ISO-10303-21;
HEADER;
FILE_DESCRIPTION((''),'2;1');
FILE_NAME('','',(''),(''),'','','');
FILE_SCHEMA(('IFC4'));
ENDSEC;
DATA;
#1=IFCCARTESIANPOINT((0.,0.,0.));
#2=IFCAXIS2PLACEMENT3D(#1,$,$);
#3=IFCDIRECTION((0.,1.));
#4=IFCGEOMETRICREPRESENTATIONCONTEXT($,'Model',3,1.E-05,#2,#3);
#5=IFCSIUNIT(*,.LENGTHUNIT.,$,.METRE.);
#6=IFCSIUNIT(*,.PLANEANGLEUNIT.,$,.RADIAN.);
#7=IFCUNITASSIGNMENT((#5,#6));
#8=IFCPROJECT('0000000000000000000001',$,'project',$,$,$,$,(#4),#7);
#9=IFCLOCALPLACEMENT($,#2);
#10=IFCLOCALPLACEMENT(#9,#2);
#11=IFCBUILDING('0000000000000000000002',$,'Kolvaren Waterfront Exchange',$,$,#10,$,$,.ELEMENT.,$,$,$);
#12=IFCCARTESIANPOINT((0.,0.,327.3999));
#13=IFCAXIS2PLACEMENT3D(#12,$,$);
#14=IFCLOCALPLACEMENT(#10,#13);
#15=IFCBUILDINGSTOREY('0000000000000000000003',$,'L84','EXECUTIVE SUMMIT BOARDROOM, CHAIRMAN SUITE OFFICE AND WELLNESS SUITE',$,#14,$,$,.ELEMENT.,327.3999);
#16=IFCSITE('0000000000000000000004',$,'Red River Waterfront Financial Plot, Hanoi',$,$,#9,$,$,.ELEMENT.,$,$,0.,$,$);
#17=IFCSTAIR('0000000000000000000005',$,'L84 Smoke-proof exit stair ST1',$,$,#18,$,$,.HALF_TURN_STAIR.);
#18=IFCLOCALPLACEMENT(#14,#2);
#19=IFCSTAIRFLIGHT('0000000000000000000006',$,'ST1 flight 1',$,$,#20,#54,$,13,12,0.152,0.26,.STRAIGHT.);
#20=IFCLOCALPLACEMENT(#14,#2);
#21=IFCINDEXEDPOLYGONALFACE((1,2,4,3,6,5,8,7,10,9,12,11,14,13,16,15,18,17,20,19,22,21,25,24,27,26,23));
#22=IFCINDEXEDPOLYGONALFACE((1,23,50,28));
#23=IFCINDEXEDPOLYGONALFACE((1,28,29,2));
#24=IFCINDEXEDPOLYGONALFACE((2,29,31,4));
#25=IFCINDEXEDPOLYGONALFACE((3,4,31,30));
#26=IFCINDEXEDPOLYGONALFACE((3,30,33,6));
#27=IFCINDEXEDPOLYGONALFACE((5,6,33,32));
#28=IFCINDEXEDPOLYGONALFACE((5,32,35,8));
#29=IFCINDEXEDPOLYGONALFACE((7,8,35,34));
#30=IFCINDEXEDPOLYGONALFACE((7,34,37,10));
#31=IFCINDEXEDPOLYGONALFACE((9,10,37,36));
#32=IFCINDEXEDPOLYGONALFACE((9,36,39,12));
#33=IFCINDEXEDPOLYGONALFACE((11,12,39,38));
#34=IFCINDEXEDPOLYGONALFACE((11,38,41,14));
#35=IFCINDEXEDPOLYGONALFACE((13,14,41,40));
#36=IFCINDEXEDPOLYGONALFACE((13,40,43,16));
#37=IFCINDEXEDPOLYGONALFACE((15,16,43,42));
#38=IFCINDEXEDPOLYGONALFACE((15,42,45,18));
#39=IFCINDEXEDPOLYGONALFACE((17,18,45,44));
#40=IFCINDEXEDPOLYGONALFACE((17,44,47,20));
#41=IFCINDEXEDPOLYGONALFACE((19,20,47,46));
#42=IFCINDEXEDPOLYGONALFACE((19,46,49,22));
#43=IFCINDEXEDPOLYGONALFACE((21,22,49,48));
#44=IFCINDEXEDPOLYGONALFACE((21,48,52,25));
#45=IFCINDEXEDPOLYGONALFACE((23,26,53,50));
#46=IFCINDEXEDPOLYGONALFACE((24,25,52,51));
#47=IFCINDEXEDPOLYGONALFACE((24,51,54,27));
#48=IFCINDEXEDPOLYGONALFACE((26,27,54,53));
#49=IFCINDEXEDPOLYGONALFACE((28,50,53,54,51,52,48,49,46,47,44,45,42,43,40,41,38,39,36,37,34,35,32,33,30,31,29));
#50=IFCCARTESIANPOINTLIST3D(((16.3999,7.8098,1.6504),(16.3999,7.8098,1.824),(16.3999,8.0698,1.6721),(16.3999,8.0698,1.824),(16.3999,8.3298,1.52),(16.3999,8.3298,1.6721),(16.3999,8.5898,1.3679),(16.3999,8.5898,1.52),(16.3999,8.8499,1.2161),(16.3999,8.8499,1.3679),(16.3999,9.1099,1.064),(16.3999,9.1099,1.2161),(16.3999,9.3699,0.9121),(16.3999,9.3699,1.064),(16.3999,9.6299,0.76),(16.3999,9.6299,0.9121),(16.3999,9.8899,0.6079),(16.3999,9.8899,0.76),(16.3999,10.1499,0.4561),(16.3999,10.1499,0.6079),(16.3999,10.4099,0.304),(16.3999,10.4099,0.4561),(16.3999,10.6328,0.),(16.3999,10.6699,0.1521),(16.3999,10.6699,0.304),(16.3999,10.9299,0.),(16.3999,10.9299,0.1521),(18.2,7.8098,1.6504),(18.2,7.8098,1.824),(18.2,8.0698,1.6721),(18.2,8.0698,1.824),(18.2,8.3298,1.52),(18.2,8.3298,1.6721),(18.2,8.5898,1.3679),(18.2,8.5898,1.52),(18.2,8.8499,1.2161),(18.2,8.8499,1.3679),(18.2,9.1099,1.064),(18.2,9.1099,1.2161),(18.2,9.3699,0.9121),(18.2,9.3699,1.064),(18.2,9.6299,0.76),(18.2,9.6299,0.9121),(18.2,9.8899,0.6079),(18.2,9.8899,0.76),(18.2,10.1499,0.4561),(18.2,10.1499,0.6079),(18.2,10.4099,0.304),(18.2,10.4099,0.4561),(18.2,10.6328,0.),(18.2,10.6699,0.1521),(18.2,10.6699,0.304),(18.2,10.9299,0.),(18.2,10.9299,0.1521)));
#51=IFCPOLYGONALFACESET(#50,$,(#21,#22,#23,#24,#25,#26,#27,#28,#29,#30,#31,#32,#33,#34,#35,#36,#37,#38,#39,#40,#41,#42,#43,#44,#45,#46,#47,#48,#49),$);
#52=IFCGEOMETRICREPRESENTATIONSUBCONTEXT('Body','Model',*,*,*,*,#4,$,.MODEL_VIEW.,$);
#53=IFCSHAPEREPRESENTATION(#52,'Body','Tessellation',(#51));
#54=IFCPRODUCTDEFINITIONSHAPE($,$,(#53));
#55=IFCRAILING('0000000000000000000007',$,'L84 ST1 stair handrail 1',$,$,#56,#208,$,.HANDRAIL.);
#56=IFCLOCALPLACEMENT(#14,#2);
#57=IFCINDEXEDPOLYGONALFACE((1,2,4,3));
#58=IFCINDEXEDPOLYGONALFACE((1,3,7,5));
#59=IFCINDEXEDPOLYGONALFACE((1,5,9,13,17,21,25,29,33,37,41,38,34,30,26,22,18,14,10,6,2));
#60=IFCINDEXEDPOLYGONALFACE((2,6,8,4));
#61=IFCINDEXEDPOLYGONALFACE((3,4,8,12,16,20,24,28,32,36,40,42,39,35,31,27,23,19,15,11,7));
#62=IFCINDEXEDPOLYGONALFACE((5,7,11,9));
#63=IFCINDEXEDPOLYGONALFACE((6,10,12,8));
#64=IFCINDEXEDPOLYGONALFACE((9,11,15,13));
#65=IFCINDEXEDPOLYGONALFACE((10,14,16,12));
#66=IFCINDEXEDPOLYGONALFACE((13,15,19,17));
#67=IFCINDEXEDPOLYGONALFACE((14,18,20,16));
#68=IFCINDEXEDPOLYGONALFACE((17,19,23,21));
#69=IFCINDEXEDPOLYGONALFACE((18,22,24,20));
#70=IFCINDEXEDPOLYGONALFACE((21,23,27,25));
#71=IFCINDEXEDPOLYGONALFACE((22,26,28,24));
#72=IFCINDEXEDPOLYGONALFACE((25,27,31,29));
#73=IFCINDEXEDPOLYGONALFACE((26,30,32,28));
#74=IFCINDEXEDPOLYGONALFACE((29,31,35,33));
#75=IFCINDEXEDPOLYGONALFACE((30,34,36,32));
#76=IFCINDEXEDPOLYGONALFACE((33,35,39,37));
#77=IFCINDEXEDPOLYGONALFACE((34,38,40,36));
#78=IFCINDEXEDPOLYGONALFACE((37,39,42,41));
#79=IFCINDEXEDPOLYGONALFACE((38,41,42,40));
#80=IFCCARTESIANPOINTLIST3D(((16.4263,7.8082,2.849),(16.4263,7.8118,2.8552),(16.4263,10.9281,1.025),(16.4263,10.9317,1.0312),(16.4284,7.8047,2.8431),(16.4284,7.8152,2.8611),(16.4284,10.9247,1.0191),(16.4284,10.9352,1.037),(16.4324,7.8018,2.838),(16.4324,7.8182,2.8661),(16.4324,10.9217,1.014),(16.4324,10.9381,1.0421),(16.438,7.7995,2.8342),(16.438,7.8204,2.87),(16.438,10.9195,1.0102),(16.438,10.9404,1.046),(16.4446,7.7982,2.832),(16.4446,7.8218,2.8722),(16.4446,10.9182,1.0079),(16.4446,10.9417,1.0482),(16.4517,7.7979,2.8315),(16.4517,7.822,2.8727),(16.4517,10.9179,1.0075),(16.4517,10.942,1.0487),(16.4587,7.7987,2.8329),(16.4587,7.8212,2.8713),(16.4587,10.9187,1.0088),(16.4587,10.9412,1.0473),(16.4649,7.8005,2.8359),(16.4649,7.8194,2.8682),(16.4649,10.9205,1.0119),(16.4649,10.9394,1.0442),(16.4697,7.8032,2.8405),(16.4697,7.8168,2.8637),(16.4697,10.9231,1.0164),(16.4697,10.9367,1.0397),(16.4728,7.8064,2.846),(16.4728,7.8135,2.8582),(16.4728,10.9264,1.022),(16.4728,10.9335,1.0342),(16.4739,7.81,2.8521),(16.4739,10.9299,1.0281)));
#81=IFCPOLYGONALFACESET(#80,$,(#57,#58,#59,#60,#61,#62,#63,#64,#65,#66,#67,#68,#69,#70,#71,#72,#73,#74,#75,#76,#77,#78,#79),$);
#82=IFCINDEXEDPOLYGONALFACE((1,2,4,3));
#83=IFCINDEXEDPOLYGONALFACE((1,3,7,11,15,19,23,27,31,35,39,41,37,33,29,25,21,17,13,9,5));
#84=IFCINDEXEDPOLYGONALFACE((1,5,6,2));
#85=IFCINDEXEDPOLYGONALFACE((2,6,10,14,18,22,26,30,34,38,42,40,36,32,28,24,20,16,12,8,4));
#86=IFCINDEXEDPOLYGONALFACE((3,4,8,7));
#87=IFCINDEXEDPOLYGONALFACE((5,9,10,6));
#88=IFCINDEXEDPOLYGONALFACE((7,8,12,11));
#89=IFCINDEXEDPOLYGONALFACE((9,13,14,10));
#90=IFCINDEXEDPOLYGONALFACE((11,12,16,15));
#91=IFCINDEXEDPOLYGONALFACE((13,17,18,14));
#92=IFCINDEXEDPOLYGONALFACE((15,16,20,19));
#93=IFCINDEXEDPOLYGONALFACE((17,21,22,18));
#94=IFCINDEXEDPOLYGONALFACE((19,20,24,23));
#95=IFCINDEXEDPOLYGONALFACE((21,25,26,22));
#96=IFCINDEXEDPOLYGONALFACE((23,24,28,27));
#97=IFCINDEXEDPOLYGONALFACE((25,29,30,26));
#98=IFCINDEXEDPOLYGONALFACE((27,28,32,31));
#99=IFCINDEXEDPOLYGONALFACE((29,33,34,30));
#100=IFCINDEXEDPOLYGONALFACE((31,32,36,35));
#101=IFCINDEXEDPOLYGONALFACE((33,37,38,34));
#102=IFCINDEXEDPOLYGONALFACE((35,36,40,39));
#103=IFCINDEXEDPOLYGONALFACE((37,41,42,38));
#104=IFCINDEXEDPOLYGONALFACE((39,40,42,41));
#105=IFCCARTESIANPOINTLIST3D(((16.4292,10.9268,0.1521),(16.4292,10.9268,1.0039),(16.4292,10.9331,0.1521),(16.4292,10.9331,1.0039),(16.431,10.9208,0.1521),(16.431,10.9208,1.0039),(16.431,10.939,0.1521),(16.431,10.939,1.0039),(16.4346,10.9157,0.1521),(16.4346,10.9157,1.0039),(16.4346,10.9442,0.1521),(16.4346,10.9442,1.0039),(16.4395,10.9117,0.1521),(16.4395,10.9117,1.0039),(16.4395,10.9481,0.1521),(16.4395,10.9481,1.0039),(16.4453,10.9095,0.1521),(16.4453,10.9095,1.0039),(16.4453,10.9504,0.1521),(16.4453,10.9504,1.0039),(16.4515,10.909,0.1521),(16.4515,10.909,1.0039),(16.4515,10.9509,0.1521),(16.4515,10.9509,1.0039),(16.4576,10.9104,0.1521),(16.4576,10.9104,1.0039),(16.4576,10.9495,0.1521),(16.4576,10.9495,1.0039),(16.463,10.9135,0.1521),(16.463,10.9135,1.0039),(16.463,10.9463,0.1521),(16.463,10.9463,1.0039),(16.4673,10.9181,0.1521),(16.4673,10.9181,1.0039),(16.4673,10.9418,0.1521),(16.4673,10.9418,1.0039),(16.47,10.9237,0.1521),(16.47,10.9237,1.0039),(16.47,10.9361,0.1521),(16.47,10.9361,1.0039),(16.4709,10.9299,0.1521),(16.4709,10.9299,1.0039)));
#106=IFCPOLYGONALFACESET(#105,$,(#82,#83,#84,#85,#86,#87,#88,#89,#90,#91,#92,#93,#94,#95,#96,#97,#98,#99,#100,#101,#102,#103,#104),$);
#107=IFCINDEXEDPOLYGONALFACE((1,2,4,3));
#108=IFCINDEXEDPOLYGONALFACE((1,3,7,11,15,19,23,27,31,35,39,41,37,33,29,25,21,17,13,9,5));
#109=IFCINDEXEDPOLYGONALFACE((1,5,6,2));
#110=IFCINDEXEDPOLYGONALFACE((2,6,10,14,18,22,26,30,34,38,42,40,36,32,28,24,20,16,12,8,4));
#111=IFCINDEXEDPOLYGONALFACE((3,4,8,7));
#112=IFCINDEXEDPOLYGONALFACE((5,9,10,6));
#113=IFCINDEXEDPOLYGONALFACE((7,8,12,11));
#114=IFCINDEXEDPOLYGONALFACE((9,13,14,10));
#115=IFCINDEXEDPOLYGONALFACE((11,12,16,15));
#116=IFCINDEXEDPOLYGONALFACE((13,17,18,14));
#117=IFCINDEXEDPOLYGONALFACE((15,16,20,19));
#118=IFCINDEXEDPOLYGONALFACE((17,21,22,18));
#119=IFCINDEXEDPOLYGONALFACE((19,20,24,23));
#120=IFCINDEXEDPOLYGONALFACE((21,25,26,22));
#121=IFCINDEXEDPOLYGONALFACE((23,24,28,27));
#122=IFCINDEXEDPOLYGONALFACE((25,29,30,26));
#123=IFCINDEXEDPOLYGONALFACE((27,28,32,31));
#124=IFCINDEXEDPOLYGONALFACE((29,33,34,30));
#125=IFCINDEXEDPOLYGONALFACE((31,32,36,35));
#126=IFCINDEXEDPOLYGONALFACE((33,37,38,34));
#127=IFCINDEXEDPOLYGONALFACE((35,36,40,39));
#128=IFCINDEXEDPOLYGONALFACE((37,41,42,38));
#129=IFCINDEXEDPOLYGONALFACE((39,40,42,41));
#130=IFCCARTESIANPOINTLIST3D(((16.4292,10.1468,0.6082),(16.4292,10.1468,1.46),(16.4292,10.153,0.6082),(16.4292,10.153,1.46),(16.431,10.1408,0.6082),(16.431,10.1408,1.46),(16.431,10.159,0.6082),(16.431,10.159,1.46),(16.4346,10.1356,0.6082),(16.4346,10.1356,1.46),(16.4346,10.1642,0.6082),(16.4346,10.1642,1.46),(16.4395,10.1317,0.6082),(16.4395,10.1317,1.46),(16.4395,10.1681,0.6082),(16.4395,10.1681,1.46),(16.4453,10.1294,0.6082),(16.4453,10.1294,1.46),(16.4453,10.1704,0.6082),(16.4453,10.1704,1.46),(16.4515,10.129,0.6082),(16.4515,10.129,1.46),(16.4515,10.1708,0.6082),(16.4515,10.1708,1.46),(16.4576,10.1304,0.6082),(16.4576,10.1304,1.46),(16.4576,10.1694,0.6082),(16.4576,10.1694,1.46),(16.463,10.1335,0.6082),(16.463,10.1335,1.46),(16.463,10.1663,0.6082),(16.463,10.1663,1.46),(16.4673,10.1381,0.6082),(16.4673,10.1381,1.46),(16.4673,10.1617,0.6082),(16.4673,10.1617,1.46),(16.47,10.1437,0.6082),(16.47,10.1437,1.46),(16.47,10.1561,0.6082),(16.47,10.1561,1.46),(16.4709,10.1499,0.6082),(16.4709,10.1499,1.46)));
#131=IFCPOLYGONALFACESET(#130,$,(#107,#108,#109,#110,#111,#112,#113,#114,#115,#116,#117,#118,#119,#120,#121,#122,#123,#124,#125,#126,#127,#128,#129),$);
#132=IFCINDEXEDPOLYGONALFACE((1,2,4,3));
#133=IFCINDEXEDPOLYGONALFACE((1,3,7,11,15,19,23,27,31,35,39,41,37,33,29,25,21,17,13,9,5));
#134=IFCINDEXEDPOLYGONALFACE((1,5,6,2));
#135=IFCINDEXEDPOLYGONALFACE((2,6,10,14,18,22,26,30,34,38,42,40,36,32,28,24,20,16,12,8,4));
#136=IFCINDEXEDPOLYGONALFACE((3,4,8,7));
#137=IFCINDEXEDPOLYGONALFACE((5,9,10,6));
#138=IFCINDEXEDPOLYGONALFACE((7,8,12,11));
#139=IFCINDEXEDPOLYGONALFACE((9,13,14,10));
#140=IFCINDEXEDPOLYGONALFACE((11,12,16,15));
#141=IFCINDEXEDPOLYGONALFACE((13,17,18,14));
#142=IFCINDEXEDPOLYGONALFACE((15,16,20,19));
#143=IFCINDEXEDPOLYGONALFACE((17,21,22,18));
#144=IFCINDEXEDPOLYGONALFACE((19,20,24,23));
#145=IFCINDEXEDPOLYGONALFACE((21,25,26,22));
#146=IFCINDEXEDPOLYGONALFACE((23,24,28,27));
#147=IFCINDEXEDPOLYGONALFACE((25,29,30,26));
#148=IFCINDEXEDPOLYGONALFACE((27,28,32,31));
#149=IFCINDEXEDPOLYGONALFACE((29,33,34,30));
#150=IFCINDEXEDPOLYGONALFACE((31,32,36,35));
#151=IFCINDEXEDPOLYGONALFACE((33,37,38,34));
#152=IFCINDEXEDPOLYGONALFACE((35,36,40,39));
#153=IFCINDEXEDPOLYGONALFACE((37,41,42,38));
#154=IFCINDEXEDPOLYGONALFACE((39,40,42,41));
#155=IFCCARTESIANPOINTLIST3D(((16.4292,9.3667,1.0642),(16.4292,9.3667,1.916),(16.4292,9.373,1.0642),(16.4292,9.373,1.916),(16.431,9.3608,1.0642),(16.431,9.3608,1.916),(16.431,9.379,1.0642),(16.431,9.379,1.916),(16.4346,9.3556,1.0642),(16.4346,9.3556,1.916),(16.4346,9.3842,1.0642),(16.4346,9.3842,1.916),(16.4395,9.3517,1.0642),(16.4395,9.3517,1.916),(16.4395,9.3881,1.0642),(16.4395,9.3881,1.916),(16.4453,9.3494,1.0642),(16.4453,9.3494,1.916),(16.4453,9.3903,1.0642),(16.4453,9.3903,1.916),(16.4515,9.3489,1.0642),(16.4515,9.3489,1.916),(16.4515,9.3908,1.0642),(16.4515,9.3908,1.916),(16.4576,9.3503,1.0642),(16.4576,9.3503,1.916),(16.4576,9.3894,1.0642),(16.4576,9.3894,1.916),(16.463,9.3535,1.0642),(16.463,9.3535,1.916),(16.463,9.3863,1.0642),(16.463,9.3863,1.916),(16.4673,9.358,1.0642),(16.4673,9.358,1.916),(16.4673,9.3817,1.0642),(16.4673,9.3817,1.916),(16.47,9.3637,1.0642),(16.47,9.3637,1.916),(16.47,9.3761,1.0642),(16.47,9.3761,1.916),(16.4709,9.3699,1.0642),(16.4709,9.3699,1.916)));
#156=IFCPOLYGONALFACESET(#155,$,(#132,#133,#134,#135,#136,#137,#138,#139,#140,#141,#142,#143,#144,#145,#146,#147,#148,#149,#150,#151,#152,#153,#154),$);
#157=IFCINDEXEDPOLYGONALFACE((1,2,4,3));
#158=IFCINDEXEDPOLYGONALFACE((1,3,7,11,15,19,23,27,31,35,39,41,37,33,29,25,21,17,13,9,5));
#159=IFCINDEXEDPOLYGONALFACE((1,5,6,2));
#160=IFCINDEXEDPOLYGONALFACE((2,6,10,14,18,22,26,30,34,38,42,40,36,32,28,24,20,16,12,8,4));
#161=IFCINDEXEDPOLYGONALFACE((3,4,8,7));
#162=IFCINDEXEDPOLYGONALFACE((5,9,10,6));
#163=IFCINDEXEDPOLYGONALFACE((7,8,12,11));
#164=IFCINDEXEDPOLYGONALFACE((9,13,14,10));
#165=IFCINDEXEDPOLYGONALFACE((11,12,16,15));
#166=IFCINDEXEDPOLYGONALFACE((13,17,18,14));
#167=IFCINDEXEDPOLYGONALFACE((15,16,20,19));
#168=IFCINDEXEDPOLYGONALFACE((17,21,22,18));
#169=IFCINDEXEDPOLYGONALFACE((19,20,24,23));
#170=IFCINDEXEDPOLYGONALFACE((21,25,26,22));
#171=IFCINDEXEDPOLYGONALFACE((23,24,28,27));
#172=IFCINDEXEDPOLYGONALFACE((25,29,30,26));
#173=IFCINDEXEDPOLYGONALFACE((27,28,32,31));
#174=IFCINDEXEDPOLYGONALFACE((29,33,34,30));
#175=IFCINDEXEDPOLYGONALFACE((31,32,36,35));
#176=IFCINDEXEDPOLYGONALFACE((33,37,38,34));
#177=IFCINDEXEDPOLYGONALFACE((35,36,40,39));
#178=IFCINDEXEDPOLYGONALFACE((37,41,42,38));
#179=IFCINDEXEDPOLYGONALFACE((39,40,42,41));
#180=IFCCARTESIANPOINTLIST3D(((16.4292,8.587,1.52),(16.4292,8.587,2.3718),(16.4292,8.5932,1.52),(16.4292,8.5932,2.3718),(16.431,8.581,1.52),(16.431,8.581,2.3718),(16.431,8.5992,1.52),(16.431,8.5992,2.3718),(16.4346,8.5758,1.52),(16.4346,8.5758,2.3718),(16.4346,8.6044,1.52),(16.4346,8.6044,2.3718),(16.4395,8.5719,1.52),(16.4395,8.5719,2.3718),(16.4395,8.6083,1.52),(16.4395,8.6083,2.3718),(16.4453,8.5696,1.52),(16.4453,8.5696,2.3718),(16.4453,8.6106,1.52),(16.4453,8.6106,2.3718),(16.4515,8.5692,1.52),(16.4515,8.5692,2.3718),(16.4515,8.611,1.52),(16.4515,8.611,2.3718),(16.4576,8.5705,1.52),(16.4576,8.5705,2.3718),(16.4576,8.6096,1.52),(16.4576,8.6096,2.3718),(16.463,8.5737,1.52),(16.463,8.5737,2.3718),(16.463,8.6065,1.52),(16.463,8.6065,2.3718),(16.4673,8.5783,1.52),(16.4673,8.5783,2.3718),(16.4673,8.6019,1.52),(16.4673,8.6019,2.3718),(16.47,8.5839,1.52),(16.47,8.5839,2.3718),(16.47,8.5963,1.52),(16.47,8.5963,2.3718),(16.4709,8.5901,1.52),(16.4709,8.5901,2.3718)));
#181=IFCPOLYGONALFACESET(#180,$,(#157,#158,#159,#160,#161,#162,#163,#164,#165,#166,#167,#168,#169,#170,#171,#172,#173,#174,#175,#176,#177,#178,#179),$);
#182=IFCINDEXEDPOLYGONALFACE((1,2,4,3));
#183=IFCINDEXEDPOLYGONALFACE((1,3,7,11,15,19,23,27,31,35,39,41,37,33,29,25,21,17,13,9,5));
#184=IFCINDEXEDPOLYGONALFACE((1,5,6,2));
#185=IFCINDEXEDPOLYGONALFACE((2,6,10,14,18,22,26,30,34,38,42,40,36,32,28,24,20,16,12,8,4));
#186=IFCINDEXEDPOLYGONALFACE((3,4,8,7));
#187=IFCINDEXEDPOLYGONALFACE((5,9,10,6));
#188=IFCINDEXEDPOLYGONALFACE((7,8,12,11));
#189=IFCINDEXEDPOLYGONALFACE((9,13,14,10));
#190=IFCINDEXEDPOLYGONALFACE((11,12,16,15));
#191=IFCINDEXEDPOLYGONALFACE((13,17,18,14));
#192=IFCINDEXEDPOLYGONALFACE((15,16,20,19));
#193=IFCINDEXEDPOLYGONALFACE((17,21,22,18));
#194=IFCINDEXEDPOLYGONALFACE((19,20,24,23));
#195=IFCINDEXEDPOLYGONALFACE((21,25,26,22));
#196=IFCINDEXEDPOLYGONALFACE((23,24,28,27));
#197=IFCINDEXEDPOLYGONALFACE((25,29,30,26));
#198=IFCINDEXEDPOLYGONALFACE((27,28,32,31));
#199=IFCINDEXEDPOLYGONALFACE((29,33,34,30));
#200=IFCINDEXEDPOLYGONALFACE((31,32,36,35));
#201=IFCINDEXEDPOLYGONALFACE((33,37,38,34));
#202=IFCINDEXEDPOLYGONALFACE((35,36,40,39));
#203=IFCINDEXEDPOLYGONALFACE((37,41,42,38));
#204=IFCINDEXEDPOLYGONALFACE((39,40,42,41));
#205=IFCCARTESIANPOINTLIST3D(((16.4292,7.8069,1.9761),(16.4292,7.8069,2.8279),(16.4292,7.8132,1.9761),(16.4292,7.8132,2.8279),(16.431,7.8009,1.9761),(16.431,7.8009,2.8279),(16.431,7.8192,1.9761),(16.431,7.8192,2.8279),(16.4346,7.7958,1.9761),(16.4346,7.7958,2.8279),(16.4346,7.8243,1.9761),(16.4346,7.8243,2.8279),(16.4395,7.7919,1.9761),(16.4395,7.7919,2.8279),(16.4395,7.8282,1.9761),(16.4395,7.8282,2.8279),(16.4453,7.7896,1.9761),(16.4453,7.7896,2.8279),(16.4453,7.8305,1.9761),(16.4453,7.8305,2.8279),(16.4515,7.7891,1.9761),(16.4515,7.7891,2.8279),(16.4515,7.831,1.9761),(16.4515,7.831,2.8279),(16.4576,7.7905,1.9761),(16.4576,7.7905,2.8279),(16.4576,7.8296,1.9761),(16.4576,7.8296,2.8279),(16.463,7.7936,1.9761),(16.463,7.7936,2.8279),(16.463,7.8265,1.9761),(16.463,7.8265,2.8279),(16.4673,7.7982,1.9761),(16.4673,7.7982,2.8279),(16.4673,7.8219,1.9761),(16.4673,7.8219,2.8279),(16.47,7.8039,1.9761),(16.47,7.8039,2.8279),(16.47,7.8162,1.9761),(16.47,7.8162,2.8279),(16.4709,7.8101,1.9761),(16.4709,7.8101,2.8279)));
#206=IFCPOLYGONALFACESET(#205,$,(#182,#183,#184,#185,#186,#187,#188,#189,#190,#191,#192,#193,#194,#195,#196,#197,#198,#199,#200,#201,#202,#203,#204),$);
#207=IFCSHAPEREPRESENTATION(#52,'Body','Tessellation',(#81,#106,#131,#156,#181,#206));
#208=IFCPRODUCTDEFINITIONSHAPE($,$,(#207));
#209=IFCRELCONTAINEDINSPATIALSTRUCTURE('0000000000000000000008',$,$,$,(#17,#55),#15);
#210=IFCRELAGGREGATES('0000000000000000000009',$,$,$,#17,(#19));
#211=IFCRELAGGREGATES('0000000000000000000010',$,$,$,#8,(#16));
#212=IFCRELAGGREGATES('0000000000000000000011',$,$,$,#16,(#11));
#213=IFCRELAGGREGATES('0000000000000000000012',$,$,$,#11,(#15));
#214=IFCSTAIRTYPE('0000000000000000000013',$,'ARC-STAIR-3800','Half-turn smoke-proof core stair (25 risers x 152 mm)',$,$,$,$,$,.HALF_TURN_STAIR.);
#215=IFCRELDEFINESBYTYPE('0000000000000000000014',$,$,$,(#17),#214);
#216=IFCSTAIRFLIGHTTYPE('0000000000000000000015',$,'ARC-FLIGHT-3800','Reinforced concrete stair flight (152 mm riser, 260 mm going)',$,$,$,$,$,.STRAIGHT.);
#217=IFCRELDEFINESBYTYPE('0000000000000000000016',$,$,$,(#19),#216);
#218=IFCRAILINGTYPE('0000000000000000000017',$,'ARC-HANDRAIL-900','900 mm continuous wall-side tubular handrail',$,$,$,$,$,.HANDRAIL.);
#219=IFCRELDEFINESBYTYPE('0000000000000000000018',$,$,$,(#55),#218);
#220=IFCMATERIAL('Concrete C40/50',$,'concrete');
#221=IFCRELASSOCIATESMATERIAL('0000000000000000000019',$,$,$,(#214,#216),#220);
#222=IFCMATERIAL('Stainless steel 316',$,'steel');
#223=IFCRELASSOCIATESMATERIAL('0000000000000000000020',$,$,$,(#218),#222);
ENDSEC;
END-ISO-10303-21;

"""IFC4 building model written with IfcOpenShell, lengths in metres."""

from ifc_helpers import new_model, si_unit, direction, frame, origin, origin_2d, place, context, subcontext, project, spatial, polyline, circle, outline, extrude, material, type_object, element, aggregate, save


model = new_model("IFC4")

# Units and contexts
model_context = context("Model", 3, precision=1e-05, world=origin(), true_north=direction((0.0, 1.0)))
body_context = subcontext(model_context, "Body", "Model", "MODEL_VIEW")
ifc_project = project(units=[si_unit("LENGTHUNIT", "METRE"), si_unit("PLANEANGLEUNIT", "RADIAN")], contexts=[model_context])

# Site, building, storey
site_placement = place(None, origin())
site = spatial("IfcSite", under=ifc_project, at=site_placement, Name="Red River Waterfront Financial Plot, Hanoi", CompositionType="ELEMENT", RefElevation=0.0)
building_placement = place(site_placement, origin())
building = spatial("IfcBuilding", under=site, at=building_placement, Name="Kolvaren Waterfront Exchange", CompositionType="ELEMENT")
storey_placement = place(building_placement, frame((0.0, 0.0, 327.3999)))
storey = spatial("IfcBuildingStorey", under=building, at=storey_placement, Name="L84", Description="EXECUTIVE SUMMIT BOARDROOM, CHAIRMAN SUITE OFFICE AND WELLNESS SUITE", CompositionType="ELEMENT", Elevation=327.3999)

# Shared definitions
ifc_material_1 = material(Name="Concrete C40/50", Category="concrete")

# Stair, stair flight
stair_type = type_object("IfcStairType", Name="ARC-STAIR-3800", Description="Half-turn smoke-proof core stair (25 risers x 152 mm)", PredefinedType="HALF_TURN_STAIR", material=ifc_material_1)
stair_placement = place(storey_placement, origin())
stair = element("IfcStair", 1, at=stair_placement, inside=storey, type_object=stair_type, Name="L84 Smoke-proof exit stair ST1", PredefinedType="HALF_TURN_STAIR")
stair_flight_type = type_object("IfcStairFlightType", Name="ARC-FLIGHT-3800", Description="Reinforced concrete stair flight (152 mm riser, 260 mm going)", PredefinedType="STRAIGHT", material=ifc_material_1)
stair_flight_placement = place(storey_placement, frame((17.3, 10.9299, 0.0), z_axis=(0.0, 0.0, 1.0), x_axis=(0.0, -1.0, 0.0)))
stair_flight = element("IfcStairFlight", 2, at=stair_flight_placement, type_object=stair_flight_type, Name="ST1 flight 1", NumberOfRisers=13, NumberOfTreads=12, PredefinedType="STRAIGHT", RiserHeight=0.152, TreadLength=0.26, context=body_context, shape_type="SweptSolid", body=[
    extrude(outline(polyline([(0.0, 0.0), (0.0, 0.1521), (0.26, 0.1521), (0.26, 0.304), (0.52, 0.304), (0.52, 0.4561), (0.78, 0.4561), (0.78, 0.6079), (1.04, 0.6079), (1.04, 0.76), (1.3, 0.76), (1.3, 0.9121), (1.5601, 0.9121), (1.5601, 1.064), (1.8201, 1.064), (1.8201, 1.2161), (2.0801, 1.2161), (2.0801, 1.3679), (2.3401, 1.3679), (2.3401, 1.52), (2.6001, 1.52), (2.6001, 1.6721), (2.8601, 1.6721), (2.8601, 1.824), (3.1201, 1.824), (3.1201, 1.9761), (3.1201, 1.6504), (0.2971, 0.0), (0.0, 0.0)])), frame((0.0, 0.8999, 0.0), z_axis=(0.0, -1.0, 0.0), x_axis=(1.0, 0.0, 0.0)), (0.0, 0.0, 1.0), 1.8),
])
aggregate(stair, [stair_flight])

# Railing
ifc_material_2 = material(Name="Stainless steel 316", Category="steel")
railing_type_1 = type_object("IfcRailingType", Name="ARC-HANDRAIL-900", Description="900 mm continuous wall-side tubular handrail", PredefinedType="HANDRAIL", material=ifc_material_2)
railing_1_placement = place(storey_placement, frame((16.45, 10.9299, 0.1521)))
element("IfcRailing", 3, at=railing_1_placement, inside=storey, type_object=railing_type_1, Name="L84 ST1 stair handrail 1", PredefinedType="HANDRAIL", context=body_context, shape_type="SweptSolid", body=[
    extrude(circle(Radius=0.0239, at=origin_2d()), frame((0.0, 0.0, 0.876), z_axis=(0.0, -0.863291, 0.504707), x_axis=(1.0, 0.0, 0.0)), (0.0, 0.0, 1.0), 3.614),
    extrude(circle(Radius=0.021, at=origin_2d()), origin(), (0.0, 0.0, 1.0), 0.8518),
    extrude(circle(Radius=0.021, at=origin_2d()), frame((0.0, -0.78, 0.4561)), (0.0, 0.0, 1.0), 0.8518),
    extrude(circle(Radius=0.021, at=origin_2d()), frame((0.0, -1.5601, 0.9121)), (0.0, 0.0, 1.0), 0.8518),
    extrude(circle(Radius=0.021, at=origin_2d()), frame((0.0, -2.3398, 1.3679)), (0.0, 0.0, 1.0), 0.8518),
    extrude(circle(Radius=0.021, at=origin_2d()), frame((0.0, -3.1199, 1.824)), (0.0, 0.0, 1.0), 0.8518),
])

save(model, "model.ifc")
